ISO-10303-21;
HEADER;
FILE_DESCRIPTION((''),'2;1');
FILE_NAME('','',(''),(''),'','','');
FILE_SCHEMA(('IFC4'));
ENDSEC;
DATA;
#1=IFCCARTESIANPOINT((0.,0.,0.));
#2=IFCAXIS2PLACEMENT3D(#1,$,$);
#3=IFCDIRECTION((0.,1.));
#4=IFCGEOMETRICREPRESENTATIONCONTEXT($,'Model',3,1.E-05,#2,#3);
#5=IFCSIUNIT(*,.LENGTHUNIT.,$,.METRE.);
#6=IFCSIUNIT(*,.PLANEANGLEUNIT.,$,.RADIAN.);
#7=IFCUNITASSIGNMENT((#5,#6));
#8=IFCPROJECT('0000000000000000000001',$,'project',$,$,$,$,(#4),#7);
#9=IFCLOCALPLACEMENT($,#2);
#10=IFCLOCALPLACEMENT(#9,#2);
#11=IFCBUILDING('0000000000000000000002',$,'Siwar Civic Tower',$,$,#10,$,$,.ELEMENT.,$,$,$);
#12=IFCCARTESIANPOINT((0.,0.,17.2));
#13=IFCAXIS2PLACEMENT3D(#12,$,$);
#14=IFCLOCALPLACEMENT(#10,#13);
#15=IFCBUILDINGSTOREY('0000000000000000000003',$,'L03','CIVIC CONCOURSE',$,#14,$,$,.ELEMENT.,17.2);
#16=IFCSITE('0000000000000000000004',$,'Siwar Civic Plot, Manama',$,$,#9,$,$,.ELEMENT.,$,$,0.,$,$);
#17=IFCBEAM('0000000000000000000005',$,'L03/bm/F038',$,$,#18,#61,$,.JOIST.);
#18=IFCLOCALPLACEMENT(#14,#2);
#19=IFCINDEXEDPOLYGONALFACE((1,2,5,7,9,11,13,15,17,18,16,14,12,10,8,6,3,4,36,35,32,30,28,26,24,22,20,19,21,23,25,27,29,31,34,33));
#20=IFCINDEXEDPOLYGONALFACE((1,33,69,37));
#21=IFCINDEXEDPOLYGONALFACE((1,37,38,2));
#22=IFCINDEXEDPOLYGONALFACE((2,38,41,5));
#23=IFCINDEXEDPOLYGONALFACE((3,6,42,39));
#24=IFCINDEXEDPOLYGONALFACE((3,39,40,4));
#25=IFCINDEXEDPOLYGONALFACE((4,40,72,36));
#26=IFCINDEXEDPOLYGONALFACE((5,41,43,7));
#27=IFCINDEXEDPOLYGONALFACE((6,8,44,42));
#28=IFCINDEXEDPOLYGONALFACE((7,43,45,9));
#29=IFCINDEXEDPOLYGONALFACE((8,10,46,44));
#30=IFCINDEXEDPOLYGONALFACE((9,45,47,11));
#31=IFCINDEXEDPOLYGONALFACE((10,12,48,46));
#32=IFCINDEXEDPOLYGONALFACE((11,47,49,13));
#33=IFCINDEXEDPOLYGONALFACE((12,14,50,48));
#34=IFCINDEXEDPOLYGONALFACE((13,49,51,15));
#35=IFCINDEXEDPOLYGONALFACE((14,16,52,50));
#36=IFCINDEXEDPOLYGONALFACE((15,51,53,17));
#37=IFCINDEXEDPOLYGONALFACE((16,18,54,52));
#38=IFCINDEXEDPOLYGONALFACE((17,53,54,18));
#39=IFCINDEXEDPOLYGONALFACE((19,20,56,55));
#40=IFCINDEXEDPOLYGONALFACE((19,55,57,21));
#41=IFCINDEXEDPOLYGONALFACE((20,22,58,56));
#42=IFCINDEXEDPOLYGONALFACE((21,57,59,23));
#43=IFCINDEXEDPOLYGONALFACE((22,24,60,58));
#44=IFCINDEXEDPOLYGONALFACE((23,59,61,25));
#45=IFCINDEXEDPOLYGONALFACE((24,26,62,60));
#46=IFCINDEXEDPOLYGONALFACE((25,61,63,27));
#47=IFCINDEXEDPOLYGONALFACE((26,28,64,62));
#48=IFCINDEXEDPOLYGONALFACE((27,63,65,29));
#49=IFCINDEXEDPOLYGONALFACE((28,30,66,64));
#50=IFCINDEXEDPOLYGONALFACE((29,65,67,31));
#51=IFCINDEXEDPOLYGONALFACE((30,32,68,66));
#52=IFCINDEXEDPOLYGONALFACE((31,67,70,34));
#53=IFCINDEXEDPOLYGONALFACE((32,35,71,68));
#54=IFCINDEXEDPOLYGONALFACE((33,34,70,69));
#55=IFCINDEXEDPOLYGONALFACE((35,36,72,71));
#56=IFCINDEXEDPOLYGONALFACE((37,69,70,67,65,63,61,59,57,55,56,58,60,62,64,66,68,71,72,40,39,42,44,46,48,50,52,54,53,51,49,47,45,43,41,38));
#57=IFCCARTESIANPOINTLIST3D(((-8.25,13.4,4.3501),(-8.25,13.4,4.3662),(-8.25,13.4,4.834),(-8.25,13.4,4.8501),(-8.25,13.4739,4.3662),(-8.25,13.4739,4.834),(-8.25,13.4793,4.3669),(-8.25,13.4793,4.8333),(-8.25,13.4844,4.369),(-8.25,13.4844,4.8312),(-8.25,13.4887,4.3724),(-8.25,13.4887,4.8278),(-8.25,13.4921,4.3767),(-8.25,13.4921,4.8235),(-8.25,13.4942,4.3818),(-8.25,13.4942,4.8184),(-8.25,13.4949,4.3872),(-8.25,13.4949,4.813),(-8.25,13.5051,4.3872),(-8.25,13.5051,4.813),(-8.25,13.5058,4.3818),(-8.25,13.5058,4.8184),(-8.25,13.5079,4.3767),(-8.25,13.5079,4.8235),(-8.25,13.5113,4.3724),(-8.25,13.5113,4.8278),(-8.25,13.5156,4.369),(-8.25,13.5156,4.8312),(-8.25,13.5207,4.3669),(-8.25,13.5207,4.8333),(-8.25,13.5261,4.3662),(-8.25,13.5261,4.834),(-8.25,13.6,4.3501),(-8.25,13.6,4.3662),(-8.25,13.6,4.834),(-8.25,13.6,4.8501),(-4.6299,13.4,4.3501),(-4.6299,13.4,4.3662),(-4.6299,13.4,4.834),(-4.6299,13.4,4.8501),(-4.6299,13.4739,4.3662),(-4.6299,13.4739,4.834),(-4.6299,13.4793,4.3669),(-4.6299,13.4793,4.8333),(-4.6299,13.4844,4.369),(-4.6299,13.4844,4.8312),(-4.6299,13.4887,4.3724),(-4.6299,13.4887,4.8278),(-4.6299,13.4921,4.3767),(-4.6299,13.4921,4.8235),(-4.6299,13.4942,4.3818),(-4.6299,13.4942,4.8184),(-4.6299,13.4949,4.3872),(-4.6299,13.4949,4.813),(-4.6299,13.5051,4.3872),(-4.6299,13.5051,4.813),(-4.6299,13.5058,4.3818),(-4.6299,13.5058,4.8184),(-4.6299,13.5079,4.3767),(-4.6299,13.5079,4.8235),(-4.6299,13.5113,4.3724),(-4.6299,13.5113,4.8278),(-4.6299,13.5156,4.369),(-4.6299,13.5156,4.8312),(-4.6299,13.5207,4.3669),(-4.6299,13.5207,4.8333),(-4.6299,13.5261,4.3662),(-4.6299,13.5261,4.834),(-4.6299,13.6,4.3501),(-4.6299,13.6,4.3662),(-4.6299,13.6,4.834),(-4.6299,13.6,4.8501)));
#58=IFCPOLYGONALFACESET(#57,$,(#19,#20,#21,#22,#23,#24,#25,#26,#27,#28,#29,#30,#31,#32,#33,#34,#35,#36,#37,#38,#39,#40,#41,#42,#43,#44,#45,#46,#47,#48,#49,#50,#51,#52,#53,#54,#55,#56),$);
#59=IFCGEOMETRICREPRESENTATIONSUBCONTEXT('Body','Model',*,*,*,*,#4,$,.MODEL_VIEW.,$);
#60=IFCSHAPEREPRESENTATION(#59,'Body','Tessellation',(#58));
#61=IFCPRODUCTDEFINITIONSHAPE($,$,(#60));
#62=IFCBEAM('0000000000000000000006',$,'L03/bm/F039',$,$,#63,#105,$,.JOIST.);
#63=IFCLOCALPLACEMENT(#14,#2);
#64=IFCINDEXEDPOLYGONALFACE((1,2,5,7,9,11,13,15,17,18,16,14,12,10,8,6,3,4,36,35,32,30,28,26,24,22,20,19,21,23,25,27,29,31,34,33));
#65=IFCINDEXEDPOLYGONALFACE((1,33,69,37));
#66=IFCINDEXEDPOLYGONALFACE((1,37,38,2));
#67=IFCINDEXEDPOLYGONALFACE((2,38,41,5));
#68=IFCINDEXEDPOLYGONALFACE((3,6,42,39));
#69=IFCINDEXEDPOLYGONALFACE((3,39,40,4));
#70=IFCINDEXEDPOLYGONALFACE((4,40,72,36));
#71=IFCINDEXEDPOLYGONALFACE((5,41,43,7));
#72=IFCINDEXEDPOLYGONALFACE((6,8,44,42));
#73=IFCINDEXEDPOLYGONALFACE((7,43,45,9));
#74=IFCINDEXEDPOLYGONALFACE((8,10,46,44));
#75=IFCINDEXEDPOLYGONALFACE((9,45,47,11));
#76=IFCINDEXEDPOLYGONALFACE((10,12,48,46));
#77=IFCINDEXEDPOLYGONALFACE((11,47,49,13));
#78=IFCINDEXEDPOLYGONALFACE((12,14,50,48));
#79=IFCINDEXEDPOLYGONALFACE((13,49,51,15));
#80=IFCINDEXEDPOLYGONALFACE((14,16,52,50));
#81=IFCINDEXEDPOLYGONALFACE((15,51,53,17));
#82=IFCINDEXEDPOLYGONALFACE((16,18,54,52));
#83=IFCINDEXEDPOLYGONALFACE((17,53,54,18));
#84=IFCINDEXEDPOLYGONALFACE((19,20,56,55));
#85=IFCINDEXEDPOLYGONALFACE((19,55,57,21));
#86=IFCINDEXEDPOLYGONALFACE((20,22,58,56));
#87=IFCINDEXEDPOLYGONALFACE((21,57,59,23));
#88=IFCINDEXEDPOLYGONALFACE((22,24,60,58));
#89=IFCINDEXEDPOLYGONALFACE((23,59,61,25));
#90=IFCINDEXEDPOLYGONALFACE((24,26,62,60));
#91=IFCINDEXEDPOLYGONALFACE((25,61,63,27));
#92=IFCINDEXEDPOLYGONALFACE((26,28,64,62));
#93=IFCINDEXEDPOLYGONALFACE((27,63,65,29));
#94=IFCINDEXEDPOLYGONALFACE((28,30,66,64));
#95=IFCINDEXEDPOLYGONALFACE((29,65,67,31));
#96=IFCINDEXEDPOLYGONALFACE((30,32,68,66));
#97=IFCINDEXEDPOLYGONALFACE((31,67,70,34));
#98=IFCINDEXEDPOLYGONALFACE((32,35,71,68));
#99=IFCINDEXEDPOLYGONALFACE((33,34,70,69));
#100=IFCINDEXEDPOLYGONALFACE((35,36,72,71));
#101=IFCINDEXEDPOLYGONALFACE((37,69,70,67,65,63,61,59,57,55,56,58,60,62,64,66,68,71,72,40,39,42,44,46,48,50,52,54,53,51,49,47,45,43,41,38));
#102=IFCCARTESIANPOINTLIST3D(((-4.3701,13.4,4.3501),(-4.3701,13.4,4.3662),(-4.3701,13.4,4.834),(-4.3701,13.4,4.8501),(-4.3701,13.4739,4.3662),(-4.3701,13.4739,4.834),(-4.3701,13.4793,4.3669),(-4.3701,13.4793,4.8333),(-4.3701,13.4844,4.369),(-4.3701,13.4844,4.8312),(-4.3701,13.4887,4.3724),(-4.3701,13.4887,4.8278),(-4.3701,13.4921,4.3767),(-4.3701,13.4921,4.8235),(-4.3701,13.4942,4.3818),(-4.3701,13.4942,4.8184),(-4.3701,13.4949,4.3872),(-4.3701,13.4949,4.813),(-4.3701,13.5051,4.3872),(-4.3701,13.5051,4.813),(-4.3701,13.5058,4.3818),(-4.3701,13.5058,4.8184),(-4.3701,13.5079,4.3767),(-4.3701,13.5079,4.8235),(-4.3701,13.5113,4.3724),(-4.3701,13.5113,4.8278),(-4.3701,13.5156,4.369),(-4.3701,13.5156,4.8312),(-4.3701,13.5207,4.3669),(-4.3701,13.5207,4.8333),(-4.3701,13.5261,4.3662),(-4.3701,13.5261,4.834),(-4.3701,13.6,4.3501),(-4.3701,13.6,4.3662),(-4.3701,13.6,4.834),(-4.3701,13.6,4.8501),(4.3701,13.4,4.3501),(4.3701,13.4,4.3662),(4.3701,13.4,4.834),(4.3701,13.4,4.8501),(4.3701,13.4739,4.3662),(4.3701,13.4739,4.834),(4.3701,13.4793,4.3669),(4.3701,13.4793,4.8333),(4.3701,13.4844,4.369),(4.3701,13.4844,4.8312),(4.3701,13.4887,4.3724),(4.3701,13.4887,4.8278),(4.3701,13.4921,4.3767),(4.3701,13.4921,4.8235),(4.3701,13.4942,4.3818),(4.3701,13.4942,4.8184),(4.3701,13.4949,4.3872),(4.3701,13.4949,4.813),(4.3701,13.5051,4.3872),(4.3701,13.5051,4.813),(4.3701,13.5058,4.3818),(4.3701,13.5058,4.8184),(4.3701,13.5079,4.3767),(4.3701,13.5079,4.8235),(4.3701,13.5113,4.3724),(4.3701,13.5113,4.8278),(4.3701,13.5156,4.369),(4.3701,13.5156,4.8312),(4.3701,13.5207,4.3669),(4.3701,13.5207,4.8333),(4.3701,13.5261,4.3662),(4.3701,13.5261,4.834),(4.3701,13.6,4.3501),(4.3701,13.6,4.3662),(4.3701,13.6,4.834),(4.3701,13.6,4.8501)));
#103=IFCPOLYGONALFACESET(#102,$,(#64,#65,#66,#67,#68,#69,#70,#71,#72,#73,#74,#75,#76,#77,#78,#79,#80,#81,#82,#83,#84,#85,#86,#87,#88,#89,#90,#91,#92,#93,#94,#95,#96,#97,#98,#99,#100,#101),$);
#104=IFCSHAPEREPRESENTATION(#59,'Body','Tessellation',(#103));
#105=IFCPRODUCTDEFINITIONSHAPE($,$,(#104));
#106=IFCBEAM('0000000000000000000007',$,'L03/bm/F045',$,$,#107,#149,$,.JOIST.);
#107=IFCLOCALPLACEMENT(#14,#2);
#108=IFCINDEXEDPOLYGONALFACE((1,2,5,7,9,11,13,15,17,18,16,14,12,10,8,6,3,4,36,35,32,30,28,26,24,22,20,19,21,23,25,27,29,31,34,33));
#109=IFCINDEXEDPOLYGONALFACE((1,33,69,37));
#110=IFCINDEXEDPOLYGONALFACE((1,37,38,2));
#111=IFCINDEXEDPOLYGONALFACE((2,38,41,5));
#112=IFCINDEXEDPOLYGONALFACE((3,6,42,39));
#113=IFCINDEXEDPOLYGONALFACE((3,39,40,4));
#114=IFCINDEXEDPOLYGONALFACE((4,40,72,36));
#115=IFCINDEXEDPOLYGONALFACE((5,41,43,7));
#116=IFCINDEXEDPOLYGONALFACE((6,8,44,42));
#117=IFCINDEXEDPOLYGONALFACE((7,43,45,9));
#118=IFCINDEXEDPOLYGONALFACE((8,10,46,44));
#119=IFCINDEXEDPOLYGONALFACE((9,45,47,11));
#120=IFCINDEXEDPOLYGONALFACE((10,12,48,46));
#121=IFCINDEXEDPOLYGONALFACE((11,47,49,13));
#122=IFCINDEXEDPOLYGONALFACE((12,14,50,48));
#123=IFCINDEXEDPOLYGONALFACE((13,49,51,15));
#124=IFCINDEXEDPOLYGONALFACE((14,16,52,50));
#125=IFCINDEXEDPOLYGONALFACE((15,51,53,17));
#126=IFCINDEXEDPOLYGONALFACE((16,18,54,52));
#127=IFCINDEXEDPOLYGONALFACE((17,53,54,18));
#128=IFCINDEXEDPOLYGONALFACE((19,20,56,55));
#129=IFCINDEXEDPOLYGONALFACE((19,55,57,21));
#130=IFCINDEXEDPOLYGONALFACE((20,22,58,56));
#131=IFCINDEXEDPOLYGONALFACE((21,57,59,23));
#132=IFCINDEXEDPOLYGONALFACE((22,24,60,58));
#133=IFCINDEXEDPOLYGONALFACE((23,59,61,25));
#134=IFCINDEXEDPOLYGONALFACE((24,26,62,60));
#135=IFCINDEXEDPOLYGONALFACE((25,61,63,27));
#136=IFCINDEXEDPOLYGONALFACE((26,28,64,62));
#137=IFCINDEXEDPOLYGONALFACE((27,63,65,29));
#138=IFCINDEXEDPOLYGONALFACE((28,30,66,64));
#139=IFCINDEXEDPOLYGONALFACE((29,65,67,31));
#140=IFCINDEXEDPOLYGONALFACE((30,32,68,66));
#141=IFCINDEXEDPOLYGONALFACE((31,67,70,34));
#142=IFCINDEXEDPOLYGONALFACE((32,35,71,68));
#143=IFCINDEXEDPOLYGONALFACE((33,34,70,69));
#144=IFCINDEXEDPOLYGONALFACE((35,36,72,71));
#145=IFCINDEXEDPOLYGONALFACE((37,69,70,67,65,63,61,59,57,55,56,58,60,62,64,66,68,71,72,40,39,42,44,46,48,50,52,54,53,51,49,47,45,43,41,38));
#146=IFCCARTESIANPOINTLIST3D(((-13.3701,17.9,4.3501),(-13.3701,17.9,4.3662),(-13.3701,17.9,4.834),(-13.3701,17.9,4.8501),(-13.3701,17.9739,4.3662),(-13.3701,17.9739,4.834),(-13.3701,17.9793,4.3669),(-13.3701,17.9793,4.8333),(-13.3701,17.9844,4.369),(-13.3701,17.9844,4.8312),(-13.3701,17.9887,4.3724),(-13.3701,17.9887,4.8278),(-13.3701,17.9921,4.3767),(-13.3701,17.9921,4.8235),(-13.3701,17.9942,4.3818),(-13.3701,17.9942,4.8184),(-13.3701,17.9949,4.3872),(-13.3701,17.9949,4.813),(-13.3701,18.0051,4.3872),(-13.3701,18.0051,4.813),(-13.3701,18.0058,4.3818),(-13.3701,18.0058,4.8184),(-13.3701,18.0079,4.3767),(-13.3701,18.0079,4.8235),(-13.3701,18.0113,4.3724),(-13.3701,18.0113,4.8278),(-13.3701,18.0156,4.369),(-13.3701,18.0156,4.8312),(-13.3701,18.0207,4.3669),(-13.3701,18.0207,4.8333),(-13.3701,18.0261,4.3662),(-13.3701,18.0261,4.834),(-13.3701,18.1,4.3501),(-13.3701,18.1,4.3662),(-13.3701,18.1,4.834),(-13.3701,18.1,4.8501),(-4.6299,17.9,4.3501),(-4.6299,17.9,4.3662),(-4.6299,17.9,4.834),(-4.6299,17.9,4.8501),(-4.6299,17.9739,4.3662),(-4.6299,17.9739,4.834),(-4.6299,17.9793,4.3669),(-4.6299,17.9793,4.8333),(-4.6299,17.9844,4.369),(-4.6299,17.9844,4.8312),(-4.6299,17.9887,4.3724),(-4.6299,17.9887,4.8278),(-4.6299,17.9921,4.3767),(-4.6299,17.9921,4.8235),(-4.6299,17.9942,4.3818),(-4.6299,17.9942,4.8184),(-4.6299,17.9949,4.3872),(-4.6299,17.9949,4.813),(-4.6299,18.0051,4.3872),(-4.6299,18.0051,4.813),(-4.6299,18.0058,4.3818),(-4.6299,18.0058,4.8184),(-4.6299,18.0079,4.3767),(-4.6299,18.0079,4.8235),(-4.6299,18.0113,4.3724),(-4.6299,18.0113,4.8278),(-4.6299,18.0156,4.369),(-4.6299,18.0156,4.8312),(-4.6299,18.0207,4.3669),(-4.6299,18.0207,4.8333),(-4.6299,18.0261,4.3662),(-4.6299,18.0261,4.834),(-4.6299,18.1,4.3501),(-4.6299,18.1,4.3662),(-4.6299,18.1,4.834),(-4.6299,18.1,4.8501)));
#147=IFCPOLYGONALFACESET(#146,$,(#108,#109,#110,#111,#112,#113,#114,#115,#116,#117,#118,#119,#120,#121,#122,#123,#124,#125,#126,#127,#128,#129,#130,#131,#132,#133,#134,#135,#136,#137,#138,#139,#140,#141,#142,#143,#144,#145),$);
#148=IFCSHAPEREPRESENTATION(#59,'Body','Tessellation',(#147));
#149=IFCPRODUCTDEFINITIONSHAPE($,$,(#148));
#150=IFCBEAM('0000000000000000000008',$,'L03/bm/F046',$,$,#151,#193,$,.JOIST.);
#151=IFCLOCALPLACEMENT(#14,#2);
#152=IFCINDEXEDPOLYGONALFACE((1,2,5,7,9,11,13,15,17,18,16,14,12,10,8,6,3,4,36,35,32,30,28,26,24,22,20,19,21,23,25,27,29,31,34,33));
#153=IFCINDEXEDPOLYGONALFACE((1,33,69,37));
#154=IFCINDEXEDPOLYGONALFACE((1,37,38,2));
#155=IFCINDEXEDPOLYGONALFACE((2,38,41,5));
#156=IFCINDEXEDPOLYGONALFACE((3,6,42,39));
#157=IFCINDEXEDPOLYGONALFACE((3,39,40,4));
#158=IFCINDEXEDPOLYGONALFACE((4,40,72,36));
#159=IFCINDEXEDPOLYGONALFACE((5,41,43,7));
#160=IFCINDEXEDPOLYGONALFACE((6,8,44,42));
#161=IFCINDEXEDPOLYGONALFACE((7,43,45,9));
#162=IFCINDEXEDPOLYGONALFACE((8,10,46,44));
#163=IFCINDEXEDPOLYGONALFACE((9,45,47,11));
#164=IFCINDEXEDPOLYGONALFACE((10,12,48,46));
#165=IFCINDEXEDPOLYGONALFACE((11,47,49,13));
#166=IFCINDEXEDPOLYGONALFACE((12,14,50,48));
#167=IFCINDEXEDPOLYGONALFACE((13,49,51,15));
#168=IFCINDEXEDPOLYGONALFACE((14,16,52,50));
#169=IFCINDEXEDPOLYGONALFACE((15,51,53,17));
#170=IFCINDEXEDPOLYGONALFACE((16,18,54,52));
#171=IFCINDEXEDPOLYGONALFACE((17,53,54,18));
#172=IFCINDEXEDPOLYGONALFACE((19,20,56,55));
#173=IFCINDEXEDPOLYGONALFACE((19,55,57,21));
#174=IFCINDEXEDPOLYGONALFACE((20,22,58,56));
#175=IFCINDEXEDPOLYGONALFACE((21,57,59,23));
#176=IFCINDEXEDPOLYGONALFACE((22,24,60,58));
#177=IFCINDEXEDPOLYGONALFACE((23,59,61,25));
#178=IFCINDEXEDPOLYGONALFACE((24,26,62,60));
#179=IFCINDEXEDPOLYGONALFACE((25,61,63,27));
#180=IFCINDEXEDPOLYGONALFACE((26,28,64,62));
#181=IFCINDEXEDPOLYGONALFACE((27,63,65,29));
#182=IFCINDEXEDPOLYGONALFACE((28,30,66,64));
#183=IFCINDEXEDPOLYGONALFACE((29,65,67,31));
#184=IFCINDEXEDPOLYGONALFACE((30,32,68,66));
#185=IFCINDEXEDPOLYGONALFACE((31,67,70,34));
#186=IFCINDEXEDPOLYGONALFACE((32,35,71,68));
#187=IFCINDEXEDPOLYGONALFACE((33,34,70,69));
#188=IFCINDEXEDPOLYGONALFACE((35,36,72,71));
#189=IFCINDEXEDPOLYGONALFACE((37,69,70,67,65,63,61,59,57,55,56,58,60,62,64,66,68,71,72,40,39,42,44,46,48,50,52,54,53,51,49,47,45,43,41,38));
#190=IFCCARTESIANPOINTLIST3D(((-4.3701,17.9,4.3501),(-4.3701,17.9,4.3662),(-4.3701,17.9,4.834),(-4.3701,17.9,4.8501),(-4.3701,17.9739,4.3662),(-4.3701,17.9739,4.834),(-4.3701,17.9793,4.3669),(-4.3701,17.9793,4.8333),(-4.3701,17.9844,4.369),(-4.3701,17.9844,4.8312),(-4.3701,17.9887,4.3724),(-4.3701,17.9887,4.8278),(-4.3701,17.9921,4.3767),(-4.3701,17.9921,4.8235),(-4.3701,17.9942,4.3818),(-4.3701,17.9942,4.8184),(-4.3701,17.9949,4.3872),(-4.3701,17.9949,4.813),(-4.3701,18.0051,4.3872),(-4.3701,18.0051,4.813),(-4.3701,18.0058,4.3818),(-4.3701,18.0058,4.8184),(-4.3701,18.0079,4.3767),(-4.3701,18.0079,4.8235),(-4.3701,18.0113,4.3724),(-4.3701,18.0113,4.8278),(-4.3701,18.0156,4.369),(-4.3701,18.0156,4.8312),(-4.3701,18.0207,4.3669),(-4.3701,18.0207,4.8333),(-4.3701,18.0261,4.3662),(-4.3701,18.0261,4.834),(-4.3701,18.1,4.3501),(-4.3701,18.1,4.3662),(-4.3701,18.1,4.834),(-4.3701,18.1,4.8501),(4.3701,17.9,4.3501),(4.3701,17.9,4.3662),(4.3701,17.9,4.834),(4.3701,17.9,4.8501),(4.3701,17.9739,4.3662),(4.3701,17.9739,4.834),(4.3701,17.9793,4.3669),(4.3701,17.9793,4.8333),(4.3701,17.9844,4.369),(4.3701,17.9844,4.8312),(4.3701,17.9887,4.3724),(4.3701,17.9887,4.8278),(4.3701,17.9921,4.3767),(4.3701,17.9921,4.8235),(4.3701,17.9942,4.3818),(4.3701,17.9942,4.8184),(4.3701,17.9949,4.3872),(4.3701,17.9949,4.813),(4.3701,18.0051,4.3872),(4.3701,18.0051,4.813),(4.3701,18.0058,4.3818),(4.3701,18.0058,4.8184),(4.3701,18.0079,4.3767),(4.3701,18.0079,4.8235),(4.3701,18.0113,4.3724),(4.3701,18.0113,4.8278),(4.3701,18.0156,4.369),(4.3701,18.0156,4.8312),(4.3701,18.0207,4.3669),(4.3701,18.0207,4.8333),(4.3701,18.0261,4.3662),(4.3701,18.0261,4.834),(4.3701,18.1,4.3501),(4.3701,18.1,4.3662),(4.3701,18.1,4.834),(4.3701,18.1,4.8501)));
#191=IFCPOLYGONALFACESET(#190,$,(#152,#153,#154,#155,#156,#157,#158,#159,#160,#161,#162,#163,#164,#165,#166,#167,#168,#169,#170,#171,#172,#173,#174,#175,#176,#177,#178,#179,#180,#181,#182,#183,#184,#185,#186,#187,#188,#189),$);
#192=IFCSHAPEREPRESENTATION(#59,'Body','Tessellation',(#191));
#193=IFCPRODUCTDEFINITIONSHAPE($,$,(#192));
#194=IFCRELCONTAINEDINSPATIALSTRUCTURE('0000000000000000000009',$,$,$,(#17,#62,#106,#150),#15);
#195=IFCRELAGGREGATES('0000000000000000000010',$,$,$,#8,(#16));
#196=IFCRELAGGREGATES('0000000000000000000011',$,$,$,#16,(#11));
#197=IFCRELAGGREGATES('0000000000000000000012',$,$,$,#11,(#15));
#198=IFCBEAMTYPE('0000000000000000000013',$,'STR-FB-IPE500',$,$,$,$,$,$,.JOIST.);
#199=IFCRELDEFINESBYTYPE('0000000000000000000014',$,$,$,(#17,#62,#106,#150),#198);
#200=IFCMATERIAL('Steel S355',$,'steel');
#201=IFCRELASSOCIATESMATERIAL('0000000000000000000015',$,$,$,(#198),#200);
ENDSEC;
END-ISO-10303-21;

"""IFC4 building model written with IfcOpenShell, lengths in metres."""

from ifc_helpers import new_model, si_unit, direction, frame, origin, origin_2d, place, context, subcontext, project, spatial, i_section, extrude, material, material_profile, profile_set, type_object, element, save


model = new_model("IFC4")

# Units and contexts
model_context = context("Model", 3, precision=1e-05, world=origin(), true_north=direction((0.0, 1.0)))
body_context = subcontext(model_context, "Body", "Model", "MODEL_VIEW")
ifc_project = project(units=[si_unit("LENGTHUNIT", "METRE"), si_unit("PLANEANGLEUNIT", "RADIAN")], contexts=[model_context])

# Site, building, storey
site_placement = place(None, origin())
site = spatial("IfcSite", under=ifc_project, at=site_placement, Name="Siwar Civic Plot, Manama", CompositionType="ELEMENT", RefElevation=0.0)
building_placement = place(site_placement, origin())
building = spatial("IfcBuilding", under=site, at=building_placement, Name="Siwar Civic Tower", CompositionType="ELEMENT")
storey_placement = place(building_placement, frame((0.0, 0.0, 17.2)))
storey = spatial("IfcBuildingStorey", under=building, at=storey_placement, Name="L03", Description="CIVIC CONCOURSE", CompositionType="ELEMENT", Elevation=17.2)

# Beams
ifc_material_1 = material(Name="Steel S355", Category="steel")
ifc_material_profile_1 = material_profile(ifc_material_1, i_section(OverallWidth=0.2, OverallDepth=0.5, WebThickness=0.0103, FlangeThickness=0.0161, FilletRadius=0.021, at=origin_2d()), Name="IPE500")
ifc_profile_set_1 = profile_set([ifc_material_profile_1], Name="Steel S355")
beam_type_1 = type_object("IfcBeamType", Name="STR-FB-IPE500", PredefinedType="JOIST", material=ifc_profile_set_1)
beam_1_placement = place(storey_placement, frame((-8.25, 13.5, 4.6001), z_axis=(1.0, 0.0, 0.0), x_axis=(0.0, 1.0, 0.0)))
element("IfcBeam", 1, at=beam_1_placement, inside=storey, type_object=beam_type_1, Name="L03/bm/F038", PredefinedType="JOIST", context=body_context, shape_type="SweptSolid", body=[
    extrude(i_section(OverallWidth=0.2, OverallDepth=0.5, WebThickness=0.0103, FlangeThickness=0.0161, FilletRadius=0.021, at=origin_2d()), origin(), (0.0, 0.0, 1.0), 3.6201),
])
for number, where, z_axis, x_axis, name in (
    (2, (-4.3701, 13.5, 4.6001), (1.0, 0.0, 0.0), (0.0, 1.0, 0.0), "L03/bm/F039"),
    (3, (-13.3701, 18.0, 4.6001), (1.0, 0.0, 0.0), (0.0, 1.0, 0.0), "L03/bm/F045"),
    (4, (-4.3701, 18.0, 4.6001), (1.0, 0.0, 0.0), (0.0, 1.0, 0.0), "L03/bm/F046"),
):
    element("IfcBeam", number, at=place(storey_placement, frame(where, z_axis=z_axis, x_axis=x_axis)), inside=storey, type_object=beam_type_1, Name=name, PredefinedType="JOIST", context=body_context, shape_type="SweptSolid", body=[
        extrude(i_section(OverallWidth=0.2, OverallDepth=0.5, WebThickness=0.0103, FlangeThickness=0.0161, FilletRadius=0.021, at=origin_2d()), origin(), (0.0, 0.0, 1.0), 8.7402),
    ])

save(model, "model.ifc")
